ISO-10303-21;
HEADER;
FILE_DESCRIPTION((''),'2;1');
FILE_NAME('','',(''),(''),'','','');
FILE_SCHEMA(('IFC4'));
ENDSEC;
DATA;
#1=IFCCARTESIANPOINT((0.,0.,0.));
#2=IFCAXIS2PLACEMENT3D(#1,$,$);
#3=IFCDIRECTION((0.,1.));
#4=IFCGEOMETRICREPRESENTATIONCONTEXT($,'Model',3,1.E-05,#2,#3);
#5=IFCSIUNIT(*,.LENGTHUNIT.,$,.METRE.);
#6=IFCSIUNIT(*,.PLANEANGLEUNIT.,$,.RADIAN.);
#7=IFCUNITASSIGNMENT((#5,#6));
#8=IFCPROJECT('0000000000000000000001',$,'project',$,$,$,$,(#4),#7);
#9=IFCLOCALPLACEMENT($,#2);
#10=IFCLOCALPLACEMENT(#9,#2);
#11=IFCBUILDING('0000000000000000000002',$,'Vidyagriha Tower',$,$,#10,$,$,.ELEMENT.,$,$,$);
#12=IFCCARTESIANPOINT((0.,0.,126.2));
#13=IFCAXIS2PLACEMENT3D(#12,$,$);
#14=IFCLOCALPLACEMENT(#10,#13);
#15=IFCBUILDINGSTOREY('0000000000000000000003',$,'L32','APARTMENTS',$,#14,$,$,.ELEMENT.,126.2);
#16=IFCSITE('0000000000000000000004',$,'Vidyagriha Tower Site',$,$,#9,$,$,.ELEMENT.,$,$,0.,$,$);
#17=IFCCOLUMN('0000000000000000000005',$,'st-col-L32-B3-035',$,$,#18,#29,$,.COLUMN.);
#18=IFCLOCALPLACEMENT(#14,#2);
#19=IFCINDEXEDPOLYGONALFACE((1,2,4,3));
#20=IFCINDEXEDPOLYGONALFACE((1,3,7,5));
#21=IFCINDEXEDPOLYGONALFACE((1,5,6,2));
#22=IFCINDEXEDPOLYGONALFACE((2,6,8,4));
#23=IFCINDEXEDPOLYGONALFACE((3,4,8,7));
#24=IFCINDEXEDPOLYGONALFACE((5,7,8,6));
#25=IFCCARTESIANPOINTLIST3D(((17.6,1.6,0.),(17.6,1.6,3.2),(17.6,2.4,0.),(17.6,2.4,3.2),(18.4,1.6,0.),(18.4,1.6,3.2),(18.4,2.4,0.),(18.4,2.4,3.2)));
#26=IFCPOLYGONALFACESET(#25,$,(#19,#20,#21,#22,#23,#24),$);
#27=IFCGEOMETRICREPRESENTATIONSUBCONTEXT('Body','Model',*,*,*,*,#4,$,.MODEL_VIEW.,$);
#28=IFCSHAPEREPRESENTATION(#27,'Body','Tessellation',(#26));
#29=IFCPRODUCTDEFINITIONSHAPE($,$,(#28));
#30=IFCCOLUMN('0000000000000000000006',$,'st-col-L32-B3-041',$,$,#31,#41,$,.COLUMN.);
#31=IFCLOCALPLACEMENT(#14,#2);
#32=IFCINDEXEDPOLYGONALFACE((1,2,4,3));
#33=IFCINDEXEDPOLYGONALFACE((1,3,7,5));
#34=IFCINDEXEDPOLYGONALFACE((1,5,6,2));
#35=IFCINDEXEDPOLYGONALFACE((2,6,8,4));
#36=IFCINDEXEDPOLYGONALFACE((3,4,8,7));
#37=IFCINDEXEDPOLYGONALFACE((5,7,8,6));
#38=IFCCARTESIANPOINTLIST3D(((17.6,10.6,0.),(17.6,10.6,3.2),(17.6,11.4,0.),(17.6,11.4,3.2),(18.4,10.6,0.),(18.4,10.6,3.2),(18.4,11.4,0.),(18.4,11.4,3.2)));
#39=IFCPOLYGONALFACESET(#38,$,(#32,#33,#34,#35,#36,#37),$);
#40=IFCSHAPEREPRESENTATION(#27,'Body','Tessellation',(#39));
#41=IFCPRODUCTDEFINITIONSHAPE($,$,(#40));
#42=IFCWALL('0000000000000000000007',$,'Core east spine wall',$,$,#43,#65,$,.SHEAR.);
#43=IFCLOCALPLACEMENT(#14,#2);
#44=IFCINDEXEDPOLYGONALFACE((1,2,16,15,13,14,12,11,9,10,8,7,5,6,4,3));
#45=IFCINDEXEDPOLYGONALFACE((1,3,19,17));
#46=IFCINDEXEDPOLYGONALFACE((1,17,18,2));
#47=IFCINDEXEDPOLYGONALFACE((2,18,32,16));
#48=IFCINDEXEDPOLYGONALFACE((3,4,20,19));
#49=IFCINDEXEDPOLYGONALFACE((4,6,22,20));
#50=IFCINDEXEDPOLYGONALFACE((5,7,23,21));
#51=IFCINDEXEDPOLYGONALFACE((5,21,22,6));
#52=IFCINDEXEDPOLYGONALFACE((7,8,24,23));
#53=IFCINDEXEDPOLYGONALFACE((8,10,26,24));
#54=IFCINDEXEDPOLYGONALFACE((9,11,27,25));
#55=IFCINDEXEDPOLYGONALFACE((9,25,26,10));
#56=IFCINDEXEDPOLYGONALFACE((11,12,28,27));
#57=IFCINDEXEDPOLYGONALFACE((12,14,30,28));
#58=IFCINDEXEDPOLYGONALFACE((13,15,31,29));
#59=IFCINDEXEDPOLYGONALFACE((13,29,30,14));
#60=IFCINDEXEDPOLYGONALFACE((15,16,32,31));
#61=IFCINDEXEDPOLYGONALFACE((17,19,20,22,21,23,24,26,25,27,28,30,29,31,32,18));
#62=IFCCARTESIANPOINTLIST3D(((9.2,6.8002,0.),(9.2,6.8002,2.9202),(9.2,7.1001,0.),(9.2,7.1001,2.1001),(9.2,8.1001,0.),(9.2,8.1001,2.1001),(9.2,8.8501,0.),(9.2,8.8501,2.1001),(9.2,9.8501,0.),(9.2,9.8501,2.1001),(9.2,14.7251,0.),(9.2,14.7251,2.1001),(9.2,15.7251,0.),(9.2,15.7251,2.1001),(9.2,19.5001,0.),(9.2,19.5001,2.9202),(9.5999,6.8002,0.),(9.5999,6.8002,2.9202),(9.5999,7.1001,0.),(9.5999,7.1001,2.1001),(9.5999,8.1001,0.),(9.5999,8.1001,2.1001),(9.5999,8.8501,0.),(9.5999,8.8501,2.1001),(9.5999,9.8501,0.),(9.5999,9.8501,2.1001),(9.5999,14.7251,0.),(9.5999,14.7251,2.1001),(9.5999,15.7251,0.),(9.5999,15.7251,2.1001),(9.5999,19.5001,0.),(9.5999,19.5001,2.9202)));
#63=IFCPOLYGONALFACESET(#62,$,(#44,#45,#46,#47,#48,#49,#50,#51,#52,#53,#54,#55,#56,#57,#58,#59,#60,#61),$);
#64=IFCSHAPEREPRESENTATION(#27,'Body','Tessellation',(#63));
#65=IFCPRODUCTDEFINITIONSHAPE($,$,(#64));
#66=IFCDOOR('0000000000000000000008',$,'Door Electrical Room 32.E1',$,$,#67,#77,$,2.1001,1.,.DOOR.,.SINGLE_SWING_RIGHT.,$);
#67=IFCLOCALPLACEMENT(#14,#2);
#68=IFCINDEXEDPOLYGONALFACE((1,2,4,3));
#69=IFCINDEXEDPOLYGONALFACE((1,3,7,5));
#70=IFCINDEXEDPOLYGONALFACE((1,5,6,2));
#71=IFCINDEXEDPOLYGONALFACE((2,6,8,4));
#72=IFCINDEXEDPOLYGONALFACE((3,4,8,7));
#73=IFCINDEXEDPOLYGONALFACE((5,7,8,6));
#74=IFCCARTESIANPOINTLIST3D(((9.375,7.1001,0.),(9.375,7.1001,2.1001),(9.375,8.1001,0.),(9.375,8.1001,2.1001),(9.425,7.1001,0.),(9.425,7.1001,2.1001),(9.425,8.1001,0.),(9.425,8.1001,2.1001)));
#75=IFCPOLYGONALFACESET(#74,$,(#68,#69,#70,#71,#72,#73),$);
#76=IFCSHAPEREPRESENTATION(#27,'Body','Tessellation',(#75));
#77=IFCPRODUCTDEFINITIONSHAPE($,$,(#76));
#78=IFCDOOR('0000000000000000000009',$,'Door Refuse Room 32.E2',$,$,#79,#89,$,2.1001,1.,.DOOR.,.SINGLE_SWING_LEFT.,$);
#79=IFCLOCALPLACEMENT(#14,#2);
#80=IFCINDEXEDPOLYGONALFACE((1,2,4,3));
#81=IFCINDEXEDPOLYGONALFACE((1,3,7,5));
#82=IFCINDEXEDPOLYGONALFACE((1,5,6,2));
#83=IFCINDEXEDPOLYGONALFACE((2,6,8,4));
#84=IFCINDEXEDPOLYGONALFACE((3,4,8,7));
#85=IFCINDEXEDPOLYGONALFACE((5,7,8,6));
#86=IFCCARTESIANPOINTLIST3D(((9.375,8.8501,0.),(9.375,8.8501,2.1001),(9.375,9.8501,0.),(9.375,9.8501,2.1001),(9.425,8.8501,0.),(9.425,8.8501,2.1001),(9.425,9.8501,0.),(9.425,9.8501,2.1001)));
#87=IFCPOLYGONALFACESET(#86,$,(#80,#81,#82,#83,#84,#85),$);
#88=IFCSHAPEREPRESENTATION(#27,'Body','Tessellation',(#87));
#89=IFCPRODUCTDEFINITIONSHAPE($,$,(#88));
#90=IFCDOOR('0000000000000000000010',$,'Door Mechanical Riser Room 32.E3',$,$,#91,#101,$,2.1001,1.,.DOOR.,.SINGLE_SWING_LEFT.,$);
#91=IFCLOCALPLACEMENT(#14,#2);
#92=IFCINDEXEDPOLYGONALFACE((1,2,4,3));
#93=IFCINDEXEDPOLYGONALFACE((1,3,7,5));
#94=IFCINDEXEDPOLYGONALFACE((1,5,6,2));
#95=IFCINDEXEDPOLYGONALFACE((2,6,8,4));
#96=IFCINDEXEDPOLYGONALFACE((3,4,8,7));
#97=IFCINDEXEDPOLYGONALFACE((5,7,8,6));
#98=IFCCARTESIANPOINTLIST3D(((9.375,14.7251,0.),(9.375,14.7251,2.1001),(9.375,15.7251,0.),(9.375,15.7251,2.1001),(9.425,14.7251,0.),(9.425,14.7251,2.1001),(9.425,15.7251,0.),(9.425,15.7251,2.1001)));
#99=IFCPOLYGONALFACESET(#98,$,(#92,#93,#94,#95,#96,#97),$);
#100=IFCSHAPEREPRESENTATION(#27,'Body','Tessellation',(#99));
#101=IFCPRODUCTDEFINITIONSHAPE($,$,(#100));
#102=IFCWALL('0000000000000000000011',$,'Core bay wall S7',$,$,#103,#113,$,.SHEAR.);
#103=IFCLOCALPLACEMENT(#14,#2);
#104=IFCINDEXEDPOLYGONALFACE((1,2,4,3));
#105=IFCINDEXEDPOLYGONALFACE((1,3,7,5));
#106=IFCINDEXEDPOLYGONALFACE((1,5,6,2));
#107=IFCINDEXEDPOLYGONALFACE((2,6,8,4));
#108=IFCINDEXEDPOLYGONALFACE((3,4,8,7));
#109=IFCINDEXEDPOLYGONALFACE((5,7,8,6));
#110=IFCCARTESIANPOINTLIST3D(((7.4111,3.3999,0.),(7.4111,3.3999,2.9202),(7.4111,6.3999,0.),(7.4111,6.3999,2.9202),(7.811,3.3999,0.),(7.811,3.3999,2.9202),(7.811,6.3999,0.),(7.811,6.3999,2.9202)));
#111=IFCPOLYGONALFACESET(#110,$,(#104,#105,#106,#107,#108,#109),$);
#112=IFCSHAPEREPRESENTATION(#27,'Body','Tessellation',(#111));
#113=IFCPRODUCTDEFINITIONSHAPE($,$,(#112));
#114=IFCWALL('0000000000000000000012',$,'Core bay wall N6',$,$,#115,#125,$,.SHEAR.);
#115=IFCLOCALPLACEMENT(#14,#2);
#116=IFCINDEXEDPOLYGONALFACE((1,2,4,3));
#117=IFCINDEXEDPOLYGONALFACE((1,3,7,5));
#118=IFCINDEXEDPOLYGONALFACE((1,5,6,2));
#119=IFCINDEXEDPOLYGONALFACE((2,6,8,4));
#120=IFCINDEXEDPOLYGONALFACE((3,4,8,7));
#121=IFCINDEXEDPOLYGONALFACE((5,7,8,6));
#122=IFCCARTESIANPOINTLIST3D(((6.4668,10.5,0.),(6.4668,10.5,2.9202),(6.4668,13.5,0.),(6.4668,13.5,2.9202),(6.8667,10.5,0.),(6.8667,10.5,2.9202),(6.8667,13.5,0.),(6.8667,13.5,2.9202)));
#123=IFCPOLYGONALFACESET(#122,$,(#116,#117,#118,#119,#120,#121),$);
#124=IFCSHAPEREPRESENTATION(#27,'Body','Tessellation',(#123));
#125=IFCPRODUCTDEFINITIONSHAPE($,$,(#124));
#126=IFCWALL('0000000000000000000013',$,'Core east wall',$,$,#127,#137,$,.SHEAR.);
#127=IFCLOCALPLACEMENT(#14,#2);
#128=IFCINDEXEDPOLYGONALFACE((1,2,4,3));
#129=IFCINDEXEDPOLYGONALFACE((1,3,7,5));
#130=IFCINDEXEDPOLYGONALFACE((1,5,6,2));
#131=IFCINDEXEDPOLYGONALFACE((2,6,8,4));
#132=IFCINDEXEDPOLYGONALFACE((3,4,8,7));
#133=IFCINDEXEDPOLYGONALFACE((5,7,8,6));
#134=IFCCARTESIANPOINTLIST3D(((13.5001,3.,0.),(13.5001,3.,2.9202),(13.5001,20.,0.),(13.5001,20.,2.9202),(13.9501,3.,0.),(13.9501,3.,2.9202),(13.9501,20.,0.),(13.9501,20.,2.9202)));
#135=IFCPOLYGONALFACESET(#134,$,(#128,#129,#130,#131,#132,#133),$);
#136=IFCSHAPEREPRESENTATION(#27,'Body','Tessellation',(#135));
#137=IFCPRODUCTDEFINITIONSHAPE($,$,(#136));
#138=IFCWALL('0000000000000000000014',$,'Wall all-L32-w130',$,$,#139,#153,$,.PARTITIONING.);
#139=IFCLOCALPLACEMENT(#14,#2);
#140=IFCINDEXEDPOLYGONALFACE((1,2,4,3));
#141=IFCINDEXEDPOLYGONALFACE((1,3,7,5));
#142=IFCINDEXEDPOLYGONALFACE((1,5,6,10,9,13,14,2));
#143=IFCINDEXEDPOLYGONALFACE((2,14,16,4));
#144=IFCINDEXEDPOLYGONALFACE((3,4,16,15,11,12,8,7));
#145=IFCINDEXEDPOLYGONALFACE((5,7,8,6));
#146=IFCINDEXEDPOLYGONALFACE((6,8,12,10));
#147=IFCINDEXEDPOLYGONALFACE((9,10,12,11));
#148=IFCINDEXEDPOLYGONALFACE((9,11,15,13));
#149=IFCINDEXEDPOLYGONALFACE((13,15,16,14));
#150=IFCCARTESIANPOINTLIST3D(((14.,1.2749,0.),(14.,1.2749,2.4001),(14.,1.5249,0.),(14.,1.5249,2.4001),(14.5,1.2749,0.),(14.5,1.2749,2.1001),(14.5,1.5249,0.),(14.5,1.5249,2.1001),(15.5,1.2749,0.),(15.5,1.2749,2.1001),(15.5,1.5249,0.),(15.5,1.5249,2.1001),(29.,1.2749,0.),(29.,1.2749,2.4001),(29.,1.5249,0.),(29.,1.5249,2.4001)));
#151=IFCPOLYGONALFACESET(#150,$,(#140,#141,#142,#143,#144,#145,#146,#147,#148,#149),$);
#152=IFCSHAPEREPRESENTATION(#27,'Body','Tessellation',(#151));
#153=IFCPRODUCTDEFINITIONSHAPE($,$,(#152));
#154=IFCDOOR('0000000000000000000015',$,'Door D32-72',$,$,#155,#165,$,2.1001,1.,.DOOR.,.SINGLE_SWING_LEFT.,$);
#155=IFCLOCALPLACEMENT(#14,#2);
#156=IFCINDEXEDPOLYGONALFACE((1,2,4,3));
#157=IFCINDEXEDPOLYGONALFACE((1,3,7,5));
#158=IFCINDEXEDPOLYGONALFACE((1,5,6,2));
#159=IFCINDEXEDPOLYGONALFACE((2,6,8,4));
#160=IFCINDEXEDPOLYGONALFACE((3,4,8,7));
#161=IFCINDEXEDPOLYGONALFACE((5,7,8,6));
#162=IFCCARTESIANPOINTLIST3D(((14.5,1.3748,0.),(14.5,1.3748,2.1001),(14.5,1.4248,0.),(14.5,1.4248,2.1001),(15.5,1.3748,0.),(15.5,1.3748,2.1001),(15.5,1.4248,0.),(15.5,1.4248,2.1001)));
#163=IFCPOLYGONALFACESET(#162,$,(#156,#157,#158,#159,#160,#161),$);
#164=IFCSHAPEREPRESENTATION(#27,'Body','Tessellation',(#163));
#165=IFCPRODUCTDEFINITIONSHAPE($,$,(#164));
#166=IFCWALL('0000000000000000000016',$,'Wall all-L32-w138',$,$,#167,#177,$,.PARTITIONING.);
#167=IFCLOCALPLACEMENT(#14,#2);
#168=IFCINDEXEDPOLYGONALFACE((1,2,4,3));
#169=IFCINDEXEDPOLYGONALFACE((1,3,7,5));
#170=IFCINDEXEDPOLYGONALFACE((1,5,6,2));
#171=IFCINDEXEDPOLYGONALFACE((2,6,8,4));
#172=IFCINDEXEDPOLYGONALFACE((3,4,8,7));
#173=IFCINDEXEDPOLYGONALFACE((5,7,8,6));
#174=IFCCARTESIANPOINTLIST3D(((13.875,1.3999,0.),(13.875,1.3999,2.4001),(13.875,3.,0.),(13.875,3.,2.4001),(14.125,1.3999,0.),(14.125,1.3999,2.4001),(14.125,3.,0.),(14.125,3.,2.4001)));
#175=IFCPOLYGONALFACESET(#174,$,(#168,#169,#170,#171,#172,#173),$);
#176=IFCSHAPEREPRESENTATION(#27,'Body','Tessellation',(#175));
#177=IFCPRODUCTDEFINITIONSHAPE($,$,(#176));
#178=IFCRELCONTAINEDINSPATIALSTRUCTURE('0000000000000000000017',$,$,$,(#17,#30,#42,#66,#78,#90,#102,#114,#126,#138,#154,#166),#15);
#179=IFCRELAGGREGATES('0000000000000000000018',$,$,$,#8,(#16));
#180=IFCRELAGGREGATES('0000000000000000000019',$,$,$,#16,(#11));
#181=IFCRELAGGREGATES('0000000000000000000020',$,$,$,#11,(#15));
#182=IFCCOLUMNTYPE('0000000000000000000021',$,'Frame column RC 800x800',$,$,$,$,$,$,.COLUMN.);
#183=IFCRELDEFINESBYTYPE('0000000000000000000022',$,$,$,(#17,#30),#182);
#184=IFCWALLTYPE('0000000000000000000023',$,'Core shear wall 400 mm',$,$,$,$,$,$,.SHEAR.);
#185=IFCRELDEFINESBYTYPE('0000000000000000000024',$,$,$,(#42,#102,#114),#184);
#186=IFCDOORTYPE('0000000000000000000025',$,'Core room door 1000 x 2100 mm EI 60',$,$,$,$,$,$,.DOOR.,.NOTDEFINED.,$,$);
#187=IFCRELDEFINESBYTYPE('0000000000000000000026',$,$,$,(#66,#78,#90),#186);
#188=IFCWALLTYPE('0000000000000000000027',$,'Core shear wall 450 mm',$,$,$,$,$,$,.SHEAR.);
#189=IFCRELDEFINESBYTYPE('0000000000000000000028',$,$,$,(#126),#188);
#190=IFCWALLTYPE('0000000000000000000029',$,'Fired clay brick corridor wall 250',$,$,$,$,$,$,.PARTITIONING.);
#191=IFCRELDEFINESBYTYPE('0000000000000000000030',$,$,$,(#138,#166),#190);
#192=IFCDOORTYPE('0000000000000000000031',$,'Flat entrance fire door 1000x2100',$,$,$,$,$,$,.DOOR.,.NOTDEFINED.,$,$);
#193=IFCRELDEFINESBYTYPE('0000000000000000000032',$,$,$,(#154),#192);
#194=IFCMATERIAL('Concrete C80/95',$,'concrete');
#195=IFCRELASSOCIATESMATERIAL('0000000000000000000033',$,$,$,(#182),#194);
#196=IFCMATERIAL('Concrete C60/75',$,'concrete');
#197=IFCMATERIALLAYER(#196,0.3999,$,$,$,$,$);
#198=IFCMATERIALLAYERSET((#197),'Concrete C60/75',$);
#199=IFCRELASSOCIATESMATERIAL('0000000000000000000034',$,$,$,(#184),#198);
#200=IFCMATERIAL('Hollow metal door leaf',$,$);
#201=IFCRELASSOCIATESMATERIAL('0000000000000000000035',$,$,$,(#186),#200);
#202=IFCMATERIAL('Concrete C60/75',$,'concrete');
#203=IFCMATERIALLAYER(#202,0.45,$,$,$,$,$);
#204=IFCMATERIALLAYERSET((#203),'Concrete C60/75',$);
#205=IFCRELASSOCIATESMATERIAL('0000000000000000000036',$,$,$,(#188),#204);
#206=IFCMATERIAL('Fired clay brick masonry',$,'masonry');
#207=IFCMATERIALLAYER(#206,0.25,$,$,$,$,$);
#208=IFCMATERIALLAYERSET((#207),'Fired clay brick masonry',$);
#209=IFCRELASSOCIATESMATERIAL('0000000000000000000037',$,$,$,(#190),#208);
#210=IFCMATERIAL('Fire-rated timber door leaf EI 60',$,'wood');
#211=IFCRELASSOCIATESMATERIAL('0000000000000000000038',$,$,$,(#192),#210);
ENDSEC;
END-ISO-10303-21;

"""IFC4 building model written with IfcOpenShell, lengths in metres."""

from ifc_helpers import new_model, si_unit, direction, frame, frame_2d, origin, origin_2d, place, context, subcontext, project, spatial, rectangle, extrude, material, layer, layer_set, material_profile, profile_set, type_object, element, fill, save


model = new_model("IFC4")

# Units and contexts
model_context = context("Model", 3, precision=1e-05, world=origin(), true_north=direction((0.0, 1.0)))
body_context = subcontext(model_context, "Body", "Model", "MODEL_VIEW")
ifc_project = project(units=[si_unit("LENGTHUNIT", "METRE"), si_unit("PLANEANGLEUNIT", "RADIAN")], contexts=[model_context])

# Site, building, storey
site_placement = place(None, origin())
site = spatial("IfcSite", under=ifc_project, at=site_placement, Name="Vidyagriha Tower Site", CompositionType="ELEMENT", RefElevation=0.0)
building_placement = place(site_placement, origin())
building = spatial("IfcBuilding", under=site, at=building_placement, Name="Vidyagriha Tower", CompositionType="ELEMENT")
storey_placement = place(building_placement, frame((0.0, 0.0, 126.2)))
storey = spatial("IfcBuildingStorey", under=building, at=storey_placement, Name="L32", Description="APARTMENTS", CompositionType="ELEMENT", Elevation=126.2)

# Columns
ifc_material_1 = material(Name="Concrete C80/95", Category="concrete")
ifc_material_profile = material_profile(ifc_material_1, rectangle(XDim=0.8, YDim=0.8, at=origin_2d()), Name="RC 800x800")
ifc_profile_set = profile_set([ifc_material_profile], Name="Concrete C80/95")
column_type = type_object("IfcColumnType", Name="Frame column RC 800x800", PredefinedType="COLUMN", material=ifc_profile_set)
for number, where, name in (
    (1, (18.0, 2.0, 0.0), "st-col-L32-B3-035"),
    (2, (18.0, 11.0, 0.0), "st-col-L32-B3-041"),
):
    element("IfcColumn", number, at=place(storey_placement, frame(where)), inside=storey, type_object=column_type, Name=name, PredefinedType="COLUMN", context=body_context, shape_type="SweptSolid", body=[
        extrude(rectangle(XDim=0.8, YDim=0.8, at=origin_2d()), origin(), (0.0, 0.0, 1.0), 3.2),
    ])

# Wall, openings, doors
ifc_material_2 = material(Name="Concrete C60/75", Category="concrete")
ifc_layer_1 = layer(ifc_material_2, 0.3999)
ifc_layer_set_1 = layer_set([ifc_layer_1], Name="Concrete C60/75")
wall_type_1 = type_object("IfcWallType", Name="Core shear wall 400 mm", PredefinedType="SHEAR", material=ifc_layer_set_1)
wall_1_placement = place(storey_placement, frame((9.3999, 6.8, 0.0), z_axis=(0.0, 0.0, 1.0), x_axis=(0.0, 1.0, 0.0)))
wall_1 = element("IfcWall", 3, at=wall_1_placement, inside=storey, type_object=wall_type_1, Name="Core east spine wall", PredefinedType="SHEAR", context=body_context, shape_type="SweptSolid", body=[
    extrude(rectangle(XDim=12.7, YDim=0.3999, at=frame_2d((6.3501, 0.0))), origin(), (0.0, 0.0, 1.0), 2.9202),
])
opening_1_placement = place(wall_1_placement, frame((0.3, 0.0, 0.0)))
opening_1 = element("IfcOpeningElement", 4, at=opening_1_placement, cuts=wall_1, PredefinedType="OPENING", context=body_context, shape_type="SweptSolid", body=[
    extrude(rectangle(XDim=1.0, YDim=2.1001, at=frame_2d((0.5, 1.05))), frame((0.0, 0.21, 0.0), z_axis=(0.0, -1.0, 0.0), x_axis=(1.0, 0.0, 0.0)), (0.0, 0.0, 1.0), 0.4199),
])
opening_2_placement = place(wall_1_placement, frame((2.05, 0.0, 0.0)))
opening_2 = element("IfcOpeningElement", 5, at=opening_2_placement, cuts=wall_1, PredefinedType="OPENING", context=body_context, shape_type="SweptSolid", body=[
    extrude(rectangle(XDim=1.0, YDim=2.1001, at=frame_2d((0.5, 1.05))), frame((0.0, 0.21, 0.0), z_axis=(0.0, -1.0, 0.0), x_axis=(1.0, 0.0, 0.0)), (0.0, 0.0, 1.0), 0.4199),
])
opening_3_placement = place(wall_1_placement, frame((7.925, 0.0, 0.0)))
opening_3 = element("IfcOpeningElement", 6, at=opening_3_placement, cuts=wall_1, PredefinedType="OPENING", context=body_context, shape_type="SweptSolid", body=[
    extrude(rectangle(XDim=1.0, YDim=2.1001, at=frame_2d((0.5, 1.05))), frame((0.0, 0.21, 0.0), z_axis=(0.0, -1.0, 0.0), x_axis=(1.0, 0.0, 0.0)), (0.0, 0.0, 1.0), 0.4199),
])
ifc_material_3 = material(Name="Hollow metal door leaf")
door_type_1 = type_object("IfcDoorType", Name="Core room door 1000 x 2100 mm EI 60", OperationType="NOTDEFINED", PredefinedType="DOOR", material=ifc_material_3)
door_1_placement = place(opening_1_placement, origin())
door_1 = element("IfcDoor", 7, at=door_1_placement, inside=storey, type_object=door_type_1, Name="Door Electrical Room 32.E1", OperationType="SINGLE_SWING_RIGHT", OverallHeight=2.1001, OverallWidth=1.0, PredefinedType="DOOR", context=body_context, shape_type="SweptSolid", body=[
    extrude(rectangle(XDim=1.0, YDim=2.1001, at=frame_2d((0.5, 1.05))), frame((0.0, 0.0249, 0.0), z_axis=(0.0, -1.0, 0.0), x_axis=(1.0, 0.0, 0.0)), (0.0, 0.0, 1.0), 0.05),
])
fill(opening_1, door_1)
door_2_placement = place(opening_2_placement, origin())
door_2 = element("IfcDoor", 8, at=door_2_placement, inside=storey, type_object=door_type_1, Name="Door Refuse Room 32.E2", OperationType="SINGLE_SWING_LEFT", OverallHeight=2.1001, OverallWidth=1.0, PredefinedType="DOOR", context=body_context, shape_type="SweptSolid", body=[
    extrude(rectangle(XDim=1.0, YDim=2.1001, at=frame_2d((0.5, 1.05))), frame((0.0, 0.0249, 0.0), z_axis=(0.0, -1.0, 0.0), x_axis=(1.0, 0.0, 0.0)), (0.0, 0.0, 1.0), 0.05),
])
fill(opening_2, door_2)
door_3_placement = place(opening_3_placement, origin())
door_3 = element("IfcDoor", 9, at=door_3_placement, inside=storey, type_object=door_type_1, Name="Door Mechanical Riser Room 32.E3", OperationType="SINGLE_SWING_LEFT", OverallHeight=2.1001, OverallWidth=1.0, PredefinedType="DOOR", context=body_context, shape_type="SweptSolid", body=[
    extrude(rectangle(XDim=1.0, YDim=2.1001, at=frame_2d((0.5, 1.05))), frame((0.0, 0.0249, 0.0), z_axis=(0.0, -1.0, 0.0), x_axis=(1.0, 0.0, 0.0)), (0.0, 0.0, 1.0), 0.05),
])
fill(opening_3, door_3)

# Walls
for number, where, z_axis, x_axis, name in (
    (10, (7.6111, 3.3999, 0.0), (0.0, 0.0, 1.0), (0.0, 1.0, 0.0), "Core bay wall S7"),
    (11, (6.6667, 10.5, 0.0), (0.0, 0.0, 1.0), (0.0, 1.0, 0.0), "Core bay wall N6"),
):
    element("IfcWall", number, at=place(storey_placement, frame(where, z_axis=z_axis, x_axis=x_axis)), inside=storey, type_object=wall_type_1, Name=name, PredefinedType="SHEAR", context=body_context, shape_type="SweptSolid", body=[
        extrude(rectangle(XDim=3.0, YDim=0.3999, at=frame_2d((1.5, 0.0))), origin(), (0.0, 0.0, 1.0), 2.9202),
    ])
ifc_material_4 = material(Name="Concrete C60/75", Category="concrete")
ifc_layer_2 = layer(ifc_material_4, 0.45)
ifc_layer_set_2 = layer_set([ifc_layer_2], Name="Concrete C60/75")
wall_type_2 = type_object("IfcWallType", Name="Core shear wall 450 mm", PredefinedType="SHEAR", material=ifc_layer_set_2)
wall_2_placement = place(storey_placement, frame((13.7251, 3.0, 0.0), z_axis=(0.0, 0.0, 1.0), x_axis=(0.0, 1.0, 0.0)))
element("IfcWall", 12, at=wall_2_placement, inside=storey, type_object=wall_type_2, Name="Core east wall", PredefinedType="SHEAR", context=body_context, shape_type="SweptSolid", body=[
    extrude(rectangle(XDim=17.0, YDim=0.45, at=frame_2d((8.5, 0.0))), origin(), (0.0, 0.0, 1.0), 2.9202),
])

# Wall, opening, door
ifc_material_5 = material(Name="Fired clay brick masonry", Category="masonry")
ifc_layer_3 = layer(ifc_material_5, 0.25)
ifc_layer_set_3 = layer_set([ifc_layer_3], Name="Fired clay brick masonry")
wall_type_3 = type_object("IfcWallType", Name="Fired clay brick corridor wall 250", PredefinedType="PARTITIONING", material=ifc_layer_set_3)
wall_3_placement = place(storey_placement, frame((14.0, 1.3999, 0.0)))
wall_3 = element("IfcWall", 13, at=wall_3_placement, inside=storey, type_object=wall_type_3, Name="Wall all-L32-w130", PredefinedType="PARTITIONING", context=body_context, shape_type="SweptSolid", body=[
    extrude(rectangle(XDim=15.0, YDim=0.25, at=frame_2d((7.5, 0.0))), origin(), (0.0, 0.0, 1.0), 2.4001),
])
opening_4_placement = place(wall_3_placement, frame((0.5, 0.0, 0.0)))
opening_4 = element("IfcOpeningElement", 14, at=opening_4_placement, cuts=wall_3, PredefinedType="OPENING", context=body_context, shape_type="SweptSolid", body=[
    extrude(rectangle(XDim=1.0, YDim=2.1001, at=frame_2d((0.5, 1.05))), frame((0.0, 0.135, 0.0), z_axis=(0.0, -1.0, 0.0), x_axis=(1.0, 0.0, 0.0)), (0.0, 0.0, 1.0), 0.27),
])
ifc_material_6 = material(Name="Fire-rated timber door leaf EI 60", Category="wood")
door_type_2 = type_object("IfcDoorType", Name="Flat entrance fire door 1000x2100", OperationType="NOTDEFINED", PredefinedType="DOOR", material=ifc_material_6)
door_4_placement = place(opening_4_placement, origin())
door_4 = element("IfcDoor", 15, at=door_4_placement, inside=storey, type_object=door_type_2, Name="Door D32-72", OperationType="SINGLE_SWING_LEFT", OverallHeight=2.1001, OverallWidth=1.0, PredefinedType="DOOR", context=body_context, shape_type="SweptSolid", body=[
    extrude(rectangle(XDim=1.0, YDim=2.1001, at=frame_2d((0.5, 1.05))), frame((0.0, 0.0249, 0.0), z_axis=(0.0, -1.0, 0.0), x_axis=(1.0, 0.0, 0.0)), (0.0, 0.0, 1.0), 0.05),
])
fill(opening_4, door_4)

# Wall
wall_4_placement = place(storey_placement, frame((14.0, 1.3999, 0.0), z_axis=(0.0, 0.0, 1.0), x_axis=(0.0, 1.0, 0.0)))
element("IfcWall", 16, at=wall_4_placement, inside=storey, type_object=wall_type_3, Name="Wall all-L32-w138", PredefinedType="PARTITIONING", context=body_context, shape_type="SweptSolid", body=[
    extrude(rectangle(XDim=1.6001, YDim=0.25, at=frame_2d((0.8, 0.0))), origin(), (0.0, 0.0, 1.0), 2.4001),
])

save(model, "model.ifc")
